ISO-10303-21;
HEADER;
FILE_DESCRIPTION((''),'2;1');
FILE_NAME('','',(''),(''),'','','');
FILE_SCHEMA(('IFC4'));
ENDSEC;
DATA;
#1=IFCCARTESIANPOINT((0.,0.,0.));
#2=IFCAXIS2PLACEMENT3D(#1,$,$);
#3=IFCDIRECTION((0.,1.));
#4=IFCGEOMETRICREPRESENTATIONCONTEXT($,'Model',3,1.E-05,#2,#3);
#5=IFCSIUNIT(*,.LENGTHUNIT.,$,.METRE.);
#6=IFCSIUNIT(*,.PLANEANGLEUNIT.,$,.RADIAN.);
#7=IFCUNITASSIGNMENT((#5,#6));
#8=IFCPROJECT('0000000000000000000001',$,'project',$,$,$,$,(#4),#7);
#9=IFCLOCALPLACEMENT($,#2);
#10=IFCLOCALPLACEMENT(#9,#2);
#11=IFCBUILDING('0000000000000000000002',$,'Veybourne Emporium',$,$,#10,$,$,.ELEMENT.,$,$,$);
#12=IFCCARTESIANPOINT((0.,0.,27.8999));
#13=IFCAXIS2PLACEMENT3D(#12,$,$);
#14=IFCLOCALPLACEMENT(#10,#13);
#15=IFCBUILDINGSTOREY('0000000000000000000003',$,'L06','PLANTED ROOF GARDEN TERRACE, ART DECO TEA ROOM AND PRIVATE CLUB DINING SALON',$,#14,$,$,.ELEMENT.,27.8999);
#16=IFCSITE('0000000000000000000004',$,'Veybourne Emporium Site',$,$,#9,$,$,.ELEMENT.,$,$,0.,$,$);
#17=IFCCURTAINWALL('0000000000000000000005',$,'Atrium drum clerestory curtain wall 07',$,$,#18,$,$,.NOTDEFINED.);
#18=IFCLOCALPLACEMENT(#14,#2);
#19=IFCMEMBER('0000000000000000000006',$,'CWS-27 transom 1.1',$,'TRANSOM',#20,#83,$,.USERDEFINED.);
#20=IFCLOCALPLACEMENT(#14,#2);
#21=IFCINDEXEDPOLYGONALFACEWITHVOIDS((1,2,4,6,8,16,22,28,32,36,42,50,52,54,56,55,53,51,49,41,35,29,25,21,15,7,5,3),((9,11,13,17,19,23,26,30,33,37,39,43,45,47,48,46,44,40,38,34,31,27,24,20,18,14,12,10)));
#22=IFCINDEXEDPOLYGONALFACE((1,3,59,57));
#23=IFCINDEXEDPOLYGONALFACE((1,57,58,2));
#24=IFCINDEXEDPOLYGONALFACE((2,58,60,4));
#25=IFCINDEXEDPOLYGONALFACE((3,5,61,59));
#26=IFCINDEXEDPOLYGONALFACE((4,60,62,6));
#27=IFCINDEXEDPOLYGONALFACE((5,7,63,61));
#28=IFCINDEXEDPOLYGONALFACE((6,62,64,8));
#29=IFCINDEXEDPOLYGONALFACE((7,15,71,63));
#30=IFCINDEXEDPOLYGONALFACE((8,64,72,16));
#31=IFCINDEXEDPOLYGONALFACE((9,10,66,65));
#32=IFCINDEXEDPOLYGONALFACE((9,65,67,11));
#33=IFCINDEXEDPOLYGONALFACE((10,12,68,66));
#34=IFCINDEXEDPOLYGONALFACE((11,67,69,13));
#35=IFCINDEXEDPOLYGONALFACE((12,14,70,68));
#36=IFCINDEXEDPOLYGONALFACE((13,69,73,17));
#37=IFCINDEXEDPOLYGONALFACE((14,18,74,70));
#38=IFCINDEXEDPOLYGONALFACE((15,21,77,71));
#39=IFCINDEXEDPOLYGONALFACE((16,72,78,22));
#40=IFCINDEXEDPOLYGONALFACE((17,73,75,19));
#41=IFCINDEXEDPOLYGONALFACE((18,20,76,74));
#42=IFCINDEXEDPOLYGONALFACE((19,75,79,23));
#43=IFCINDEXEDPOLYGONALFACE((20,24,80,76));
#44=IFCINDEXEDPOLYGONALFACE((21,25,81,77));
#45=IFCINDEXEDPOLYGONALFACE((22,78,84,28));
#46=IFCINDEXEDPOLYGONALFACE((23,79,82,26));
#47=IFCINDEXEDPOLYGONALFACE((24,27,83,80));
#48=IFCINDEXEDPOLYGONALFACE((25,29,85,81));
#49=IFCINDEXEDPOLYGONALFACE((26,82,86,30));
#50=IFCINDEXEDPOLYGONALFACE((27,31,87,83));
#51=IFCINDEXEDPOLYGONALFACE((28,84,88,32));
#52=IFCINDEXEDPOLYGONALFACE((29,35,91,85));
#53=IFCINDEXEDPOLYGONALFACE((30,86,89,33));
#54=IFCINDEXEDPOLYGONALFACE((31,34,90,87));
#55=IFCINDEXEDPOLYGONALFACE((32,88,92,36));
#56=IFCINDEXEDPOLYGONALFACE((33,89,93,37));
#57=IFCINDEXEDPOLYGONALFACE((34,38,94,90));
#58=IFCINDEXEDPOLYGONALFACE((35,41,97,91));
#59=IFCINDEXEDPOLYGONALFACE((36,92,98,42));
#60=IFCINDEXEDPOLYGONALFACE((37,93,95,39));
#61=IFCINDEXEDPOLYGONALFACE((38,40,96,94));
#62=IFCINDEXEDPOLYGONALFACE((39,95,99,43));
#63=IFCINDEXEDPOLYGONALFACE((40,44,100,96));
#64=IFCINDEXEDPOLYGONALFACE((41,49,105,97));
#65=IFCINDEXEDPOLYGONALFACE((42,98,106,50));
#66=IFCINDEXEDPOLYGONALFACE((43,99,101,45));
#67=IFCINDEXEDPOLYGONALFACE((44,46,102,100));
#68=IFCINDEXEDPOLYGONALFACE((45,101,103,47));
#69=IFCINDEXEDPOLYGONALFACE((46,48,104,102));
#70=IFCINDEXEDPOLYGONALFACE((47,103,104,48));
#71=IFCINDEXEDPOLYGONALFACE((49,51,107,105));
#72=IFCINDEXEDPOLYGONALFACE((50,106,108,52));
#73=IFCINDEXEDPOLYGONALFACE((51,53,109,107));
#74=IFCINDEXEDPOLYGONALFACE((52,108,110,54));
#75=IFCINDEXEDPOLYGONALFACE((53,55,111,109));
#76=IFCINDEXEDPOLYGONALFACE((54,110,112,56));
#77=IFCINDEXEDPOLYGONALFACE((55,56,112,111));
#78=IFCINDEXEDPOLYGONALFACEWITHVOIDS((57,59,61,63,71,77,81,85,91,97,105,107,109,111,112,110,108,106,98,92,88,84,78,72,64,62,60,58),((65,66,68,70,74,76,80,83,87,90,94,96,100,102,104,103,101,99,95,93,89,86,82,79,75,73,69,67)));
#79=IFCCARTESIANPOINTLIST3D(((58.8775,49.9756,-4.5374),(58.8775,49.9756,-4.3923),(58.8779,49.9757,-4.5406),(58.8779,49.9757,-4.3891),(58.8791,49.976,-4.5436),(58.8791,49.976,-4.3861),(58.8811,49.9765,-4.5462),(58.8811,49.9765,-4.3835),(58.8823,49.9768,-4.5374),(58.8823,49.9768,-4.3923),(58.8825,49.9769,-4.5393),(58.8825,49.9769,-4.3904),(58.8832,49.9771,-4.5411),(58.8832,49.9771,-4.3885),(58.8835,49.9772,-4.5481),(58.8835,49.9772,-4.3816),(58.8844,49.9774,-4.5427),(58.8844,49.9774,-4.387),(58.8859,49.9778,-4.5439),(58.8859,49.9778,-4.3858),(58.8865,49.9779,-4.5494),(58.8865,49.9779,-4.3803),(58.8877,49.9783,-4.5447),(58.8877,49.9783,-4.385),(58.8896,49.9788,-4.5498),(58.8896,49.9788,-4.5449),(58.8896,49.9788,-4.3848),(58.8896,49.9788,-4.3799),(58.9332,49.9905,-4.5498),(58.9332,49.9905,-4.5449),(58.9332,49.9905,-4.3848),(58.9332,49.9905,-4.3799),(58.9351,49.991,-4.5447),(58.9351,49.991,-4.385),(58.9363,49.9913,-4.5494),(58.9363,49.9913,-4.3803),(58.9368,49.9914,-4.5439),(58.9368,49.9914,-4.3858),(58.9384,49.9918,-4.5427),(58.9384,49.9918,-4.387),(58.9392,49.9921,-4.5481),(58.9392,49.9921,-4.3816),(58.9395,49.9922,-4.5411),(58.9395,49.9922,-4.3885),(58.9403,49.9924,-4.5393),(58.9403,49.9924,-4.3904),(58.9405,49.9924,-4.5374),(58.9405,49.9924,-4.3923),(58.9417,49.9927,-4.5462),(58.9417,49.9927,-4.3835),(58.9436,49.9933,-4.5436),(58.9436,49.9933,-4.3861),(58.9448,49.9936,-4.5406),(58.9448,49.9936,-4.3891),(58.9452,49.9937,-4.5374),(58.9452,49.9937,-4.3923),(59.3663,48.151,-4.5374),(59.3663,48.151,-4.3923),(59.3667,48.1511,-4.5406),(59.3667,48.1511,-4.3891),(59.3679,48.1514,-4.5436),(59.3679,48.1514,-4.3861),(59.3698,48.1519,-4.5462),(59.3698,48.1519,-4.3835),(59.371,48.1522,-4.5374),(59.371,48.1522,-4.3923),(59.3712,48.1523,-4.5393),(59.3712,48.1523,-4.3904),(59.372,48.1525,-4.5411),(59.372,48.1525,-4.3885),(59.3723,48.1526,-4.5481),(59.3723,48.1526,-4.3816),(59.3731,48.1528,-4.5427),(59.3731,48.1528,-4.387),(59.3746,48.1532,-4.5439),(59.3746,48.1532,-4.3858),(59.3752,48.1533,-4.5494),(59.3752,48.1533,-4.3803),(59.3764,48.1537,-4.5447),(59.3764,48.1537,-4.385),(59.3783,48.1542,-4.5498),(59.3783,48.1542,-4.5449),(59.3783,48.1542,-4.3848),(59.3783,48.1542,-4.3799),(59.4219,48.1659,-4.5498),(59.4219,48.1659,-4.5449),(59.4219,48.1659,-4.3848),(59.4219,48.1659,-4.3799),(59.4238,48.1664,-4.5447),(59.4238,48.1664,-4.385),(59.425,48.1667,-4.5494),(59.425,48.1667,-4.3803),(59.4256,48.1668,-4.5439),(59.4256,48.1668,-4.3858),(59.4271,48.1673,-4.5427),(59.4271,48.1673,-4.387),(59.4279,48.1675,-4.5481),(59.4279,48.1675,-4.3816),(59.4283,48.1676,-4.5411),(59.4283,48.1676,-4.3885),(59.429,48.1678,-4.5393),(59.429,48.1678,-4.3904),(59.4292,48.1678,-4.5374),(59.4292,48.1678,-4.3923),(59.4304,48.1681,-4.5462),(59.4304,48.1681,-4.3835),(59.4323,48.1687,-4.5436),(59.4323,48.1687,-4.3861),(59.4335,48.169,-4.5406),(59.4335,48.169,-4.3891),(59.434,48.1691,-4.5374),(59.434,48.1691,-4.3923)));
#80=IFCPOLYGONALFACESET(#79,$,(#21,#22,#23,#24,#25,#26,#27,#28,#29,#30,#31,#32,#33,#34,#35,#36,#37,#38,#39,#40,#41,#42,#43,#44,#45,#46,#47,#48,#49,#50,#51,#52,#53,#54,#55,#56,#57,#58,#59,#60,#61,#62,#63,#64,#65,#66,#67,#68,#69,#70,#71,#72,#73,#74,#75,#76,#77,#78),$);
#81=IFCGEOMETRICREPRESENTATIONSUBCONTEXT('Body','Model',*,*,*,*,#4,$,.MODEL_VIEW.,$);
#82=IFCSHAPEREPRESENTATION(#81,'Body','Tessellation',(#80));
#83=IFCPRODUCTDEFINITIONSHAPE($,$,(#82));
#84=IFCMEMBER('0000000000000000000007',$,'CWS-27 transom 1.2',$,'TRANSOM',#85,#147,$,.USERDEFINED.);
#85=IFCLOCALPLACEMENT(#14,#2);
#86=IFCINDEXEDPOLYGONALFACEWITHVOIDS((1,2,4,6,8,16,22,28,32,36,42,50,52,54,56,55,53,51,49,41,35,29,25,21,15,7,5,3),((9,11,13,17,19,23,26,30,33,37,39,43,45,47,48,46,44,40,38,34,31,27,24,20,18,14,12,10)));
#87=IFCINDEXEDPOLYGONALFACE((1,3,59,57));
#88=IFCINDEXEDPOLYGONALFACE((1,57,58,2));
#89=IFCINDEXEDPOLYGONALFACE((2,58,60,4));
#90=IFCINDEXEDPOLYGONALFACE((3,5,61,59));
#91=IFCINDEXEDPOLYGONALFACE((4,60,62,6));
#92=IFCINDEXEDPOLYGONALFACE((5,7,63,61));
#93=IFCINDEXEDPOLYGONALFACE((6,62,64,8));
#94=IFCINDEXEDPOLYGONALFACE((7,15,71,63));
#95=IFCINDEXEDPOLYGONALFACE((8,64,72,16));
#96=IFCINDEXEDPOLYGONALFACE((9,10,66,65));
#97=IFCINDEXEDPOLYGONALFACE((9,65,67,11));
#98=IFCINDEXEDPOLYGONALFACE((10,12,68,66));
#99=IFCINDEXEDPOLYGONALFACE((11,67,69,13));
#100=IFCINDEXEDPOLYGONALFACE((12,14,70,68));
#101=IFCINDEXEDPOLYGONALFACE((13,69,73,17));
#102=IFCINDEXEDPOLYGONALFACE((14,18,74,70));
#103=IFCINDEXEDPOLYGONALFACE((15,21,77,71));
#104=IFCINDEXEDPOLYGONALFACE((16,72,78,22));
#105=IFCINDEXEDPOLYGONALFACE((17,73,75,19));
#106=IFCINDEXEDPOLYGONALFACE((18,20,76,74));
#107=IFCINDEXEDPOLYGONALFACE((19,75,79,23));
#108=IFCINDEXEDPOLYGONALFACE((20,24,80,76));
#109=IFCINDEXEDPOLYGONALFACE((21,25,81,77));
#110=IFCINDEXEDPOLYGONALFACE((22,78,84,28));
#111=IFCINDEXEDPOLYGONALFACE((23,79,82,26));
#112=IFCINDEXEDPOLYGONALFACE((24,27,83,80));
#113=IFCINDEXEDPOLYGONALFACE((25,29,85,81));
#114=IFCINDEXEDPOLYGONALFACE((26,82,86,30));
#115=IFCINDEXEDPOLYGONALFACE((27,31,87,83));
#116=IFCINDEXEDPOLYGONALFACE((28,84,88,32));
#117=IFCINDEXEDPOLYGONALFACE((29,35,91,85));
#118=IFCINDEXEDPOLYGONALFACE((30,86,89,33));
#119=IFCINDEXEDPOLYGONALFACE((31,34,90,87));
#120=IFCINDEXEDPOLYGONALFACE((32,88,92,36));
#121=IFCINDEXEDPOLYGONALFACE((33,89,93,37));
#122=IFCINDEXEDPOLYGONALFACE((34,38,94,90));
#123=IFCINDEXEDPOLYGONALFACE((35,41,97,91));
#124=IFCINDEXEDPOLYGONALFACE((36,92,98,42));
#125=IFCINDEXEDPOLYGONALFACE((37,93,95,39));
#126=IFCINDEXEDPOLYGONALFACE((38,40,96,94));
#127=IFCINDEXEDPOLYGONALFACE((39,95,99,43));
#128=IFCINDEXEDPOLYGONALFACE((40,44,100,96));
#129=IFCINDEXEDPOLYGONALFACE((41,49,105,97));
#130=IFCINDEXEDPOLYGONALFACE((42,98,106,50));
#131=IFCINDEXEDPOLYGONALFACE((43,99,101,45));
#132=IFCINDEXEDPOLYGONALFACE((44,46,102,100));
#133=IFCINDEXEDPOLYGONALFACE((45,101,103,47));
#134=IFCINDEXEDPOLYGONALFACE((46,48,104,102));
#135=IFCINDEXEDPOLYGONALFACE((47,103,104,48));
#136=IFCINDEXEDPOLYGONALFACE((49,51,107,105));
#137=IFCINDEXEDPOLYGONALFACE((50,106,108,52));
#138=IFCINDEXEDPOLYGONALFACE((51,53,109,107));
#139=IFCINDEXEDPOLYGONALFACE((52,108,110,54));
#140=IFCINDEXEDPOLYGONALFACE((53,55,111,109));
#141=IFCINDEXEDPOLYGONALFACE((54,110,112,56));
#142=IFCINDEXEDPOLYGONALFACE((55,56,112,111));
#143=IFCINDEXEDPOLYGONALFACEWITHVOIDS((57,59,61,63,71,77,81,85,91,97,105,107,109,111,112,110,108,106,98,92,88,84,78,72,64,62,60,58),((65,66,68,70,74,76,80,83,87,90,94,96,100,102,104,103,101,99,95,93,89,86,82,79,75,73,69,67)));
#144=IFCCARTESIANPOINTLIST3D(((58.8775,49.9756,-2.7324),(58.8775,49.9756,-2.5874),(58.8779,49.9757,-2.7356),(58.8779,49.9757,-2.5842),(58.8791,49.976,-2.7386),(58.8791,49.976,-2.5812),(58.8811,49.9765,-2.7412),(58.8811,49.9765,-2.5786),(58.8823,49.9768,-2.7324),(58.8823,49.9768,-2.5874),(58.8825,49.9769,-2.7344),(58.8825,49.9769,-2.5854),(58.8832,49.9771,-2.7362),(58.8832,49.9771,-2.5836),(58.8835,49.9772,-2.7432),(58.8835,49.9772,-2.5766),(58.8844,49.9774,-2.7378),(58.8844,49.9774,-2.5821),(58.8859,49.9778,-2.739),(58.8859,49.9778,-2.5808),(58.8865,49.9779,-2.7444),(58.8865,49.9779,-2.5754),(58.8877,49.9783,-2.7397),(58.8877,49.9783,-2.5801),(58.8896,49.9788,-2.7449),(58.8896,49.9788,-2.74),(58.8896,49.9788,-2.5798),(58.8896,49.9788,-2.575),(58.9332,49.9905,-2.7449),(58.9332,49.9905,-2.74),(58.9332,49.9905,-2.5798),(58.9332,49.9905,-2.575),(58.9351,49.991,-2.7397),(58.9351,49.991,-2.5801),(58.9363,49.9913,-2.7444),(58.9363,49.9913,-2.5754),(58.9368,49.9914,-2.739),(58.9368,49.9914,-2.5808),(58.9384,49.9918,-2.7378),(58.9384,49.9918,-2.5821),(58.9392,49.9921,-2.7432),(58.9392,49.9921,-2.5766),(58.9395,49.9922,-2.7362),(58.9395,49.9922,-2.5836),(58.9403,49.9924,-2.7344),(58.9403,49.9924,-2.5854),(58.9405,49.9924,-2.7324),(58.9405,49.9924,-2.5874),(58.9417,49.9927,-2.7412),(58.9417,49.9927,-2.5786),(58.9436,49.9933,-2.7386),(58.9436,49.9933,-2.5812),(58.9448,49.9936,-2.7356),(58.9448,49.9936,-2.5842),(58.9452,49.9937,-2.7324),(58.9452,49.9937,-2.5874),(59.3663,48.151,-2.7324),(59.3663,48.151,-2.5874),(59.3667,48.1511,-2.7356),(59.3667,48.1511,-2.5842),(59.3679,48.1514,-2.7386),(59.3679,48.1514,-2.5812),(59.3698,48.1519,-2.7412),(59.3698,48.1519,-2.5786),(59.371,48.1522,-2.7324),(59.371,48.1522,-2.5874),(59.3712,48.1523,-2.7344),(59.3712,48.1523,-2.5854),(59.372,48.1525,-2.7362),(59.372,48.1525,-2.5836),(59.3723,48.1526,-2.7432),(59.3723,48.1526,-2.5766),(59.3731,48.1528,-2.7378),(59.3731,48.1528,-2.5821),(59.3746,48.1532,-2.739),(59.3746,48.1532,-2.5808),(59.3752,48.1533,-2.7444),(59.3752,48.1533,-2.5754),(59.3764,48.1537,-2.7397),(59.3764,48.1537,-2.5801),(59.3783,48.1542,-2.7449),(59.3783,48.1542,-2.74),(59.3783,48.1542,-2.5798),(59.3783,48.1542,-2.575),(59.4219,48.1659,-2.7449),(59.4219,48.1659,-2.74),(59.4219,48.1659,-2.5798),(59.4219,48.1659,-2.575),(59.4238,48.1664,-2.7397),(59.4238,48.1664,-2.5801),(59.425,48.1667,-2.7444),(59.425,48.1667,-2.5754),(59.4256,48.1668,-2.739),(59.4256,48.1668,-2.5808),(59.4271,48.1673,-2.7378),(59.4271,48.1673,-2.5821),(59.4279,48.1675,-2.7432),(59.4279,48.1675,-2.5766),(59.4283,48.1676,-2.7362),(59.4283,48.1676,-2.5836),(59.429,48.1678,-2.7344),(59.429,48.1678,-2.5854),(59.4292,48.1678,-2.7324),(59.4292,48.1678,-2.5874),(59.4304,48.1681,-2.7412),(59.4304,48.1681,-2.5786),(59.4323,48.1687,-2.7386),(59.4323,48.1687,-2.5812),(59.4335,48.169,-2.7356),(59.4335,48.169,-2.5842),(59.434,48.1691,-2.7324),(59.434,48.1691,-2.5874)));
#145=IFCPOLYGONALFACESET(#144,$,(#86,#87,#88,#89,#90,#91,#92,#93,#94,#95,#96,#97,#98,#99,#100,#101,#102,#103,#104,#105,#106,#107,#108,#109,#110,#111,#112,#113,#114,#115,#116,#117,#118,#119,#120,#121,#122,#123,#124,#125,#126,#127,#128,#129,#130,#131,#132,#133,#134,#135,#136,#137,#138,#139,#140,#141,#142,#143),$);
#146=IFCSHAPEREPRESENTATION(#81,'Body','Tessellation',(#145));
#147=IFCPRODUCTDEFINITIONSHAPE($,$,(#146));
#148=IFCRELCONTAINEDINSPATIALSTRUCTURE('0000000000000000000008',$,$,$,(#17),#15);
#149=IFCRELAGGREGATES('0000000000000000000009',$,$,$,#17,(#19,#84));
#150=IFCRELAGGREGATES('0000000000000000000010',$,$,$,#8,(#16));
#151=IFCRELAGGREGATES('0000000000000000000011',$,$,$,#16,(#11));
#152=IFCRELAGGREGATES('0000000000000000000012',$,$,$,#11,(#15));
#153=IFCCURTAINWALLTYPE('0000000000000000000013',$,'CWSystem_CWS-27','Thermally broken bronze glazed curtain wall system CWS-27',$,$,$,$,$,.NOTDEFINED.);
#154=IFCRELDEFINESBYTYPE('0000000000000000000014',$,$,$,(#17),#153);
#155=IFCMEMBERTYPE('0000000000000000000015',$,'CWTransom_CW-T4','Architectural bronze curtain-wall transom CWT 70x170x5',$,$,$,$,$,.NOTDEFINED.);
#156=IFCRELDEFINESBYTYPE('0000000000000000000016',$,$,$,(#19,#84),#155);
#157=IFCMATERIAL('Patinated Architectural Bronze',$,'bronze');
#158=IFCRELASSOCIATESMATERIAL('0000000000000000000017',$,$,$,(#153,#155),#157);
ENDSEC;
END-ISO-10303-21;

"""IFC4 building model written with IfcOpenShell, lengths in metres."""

from ifc_helpers import new_model, si_unit, direction, frame, origin, origin_2d, place, context, subcontext, project, spatial, hollow_rectangle, extrude, material, material_profile, profile_set, type_object, element, aggregate, save


model = new_model("IFC4")

# Units and contexts
model_context = context("Model", 3, precision=1e-05, world=origin(), true_north=direction((0.0, 1.0)))
body_context = subcontext(model_context, "Body", "Model", "MODEL_VIEW")
ifc_project = project(units=[si_unit("LENGTHUNIT", "METRE"), si_unit("PLANEANGLEUNIT", "RADIAN")], contexts=[model_context])

# Site, building, storey
site_placement = place(None, origin())
site = spatial("IfcSite", under=ifc_project, at=site_placement, Name="Veybourne Emporium Site", CompositionType="ELEMENT", RefElevation=0.0)
building_placement = place(site_placement, origin())
building = spatial("IfcBuilding", under=site, at=building_placement, Name="Veybourne Emporium", CompositionType="ELEMENT")
storey_placement = place(building_placement, frame((0.0, 0.0, 27.8999)))
storey = spatial("IfcBuildingStorey", under=building, at=storey_placement, Name="L06", Description="PLANTED ROOF GARDEN TERRACE, ART DECO TEA ROOM AND PRIVATE CLUB DINING SALON", CompositionType="ELEMENT", Elevation=27.8999)

# Curtain wall
ifc_material_1 = material(Name="Patinated Architectural Bronze", Category="bronze")
curtain_wall_type_1 = type_object("IfcCurtainWallType", Name="CWSystem_CWS-27", Description="Thermally broken bronze glazed curtain wall system CWS-27", PredefinedType="NOTDEFINED", material=ifc_material_1)
curtain_wall_1_placement = place(storey_placement, origin())
curtain_wall_1 = element("IfcCurtainWall", 1, at=curtain_wall_1_placement, inside=storey, type_object=curtain_wall_type_1, Name="Atrium drum clerestory curtain wall 07", PredefinedType="NOTDEFINED")

# Members
ifc_material_profile_1 = material_profile(ifc_material_1, hollow_rectangle(XDim=0.0701, YDim=0.1699, WallThickness=0.0049, InnerFilletRadius=0.0076, OuterFilletRadius=0.0125, at=origin_2d()), Name="CWT 70x170x5")
ifc_profile_set_1 = profile_set([ifc_material_profile_1], Name="Patinated Architectural Bronze")
member_type_1 = type_object("IfcMemberType", Name="CWTransom_CW-T4", Description="Architectural bronze curtain-wall transom CWT 70x170x5", PredefinedType="NOTDEFINED", material=ifc_profile_set_1)
member_1_placement = place(storey_placement, frame((58.9114, 49.9846, -4.4648), z_axis=(0.25874, -0.965947, 0.0), x_axis=(0.965947, 0.25874, 0.0)))
member_1 = element("IfcMember", 2, at=member_1_placement, type_object=member_type_1, Name="CWS-27 transom 1.1", ObjectType="TRANSOM", PredefinedType="USERDEFINED", context=body_context, shape_type="SweptSolid", body=[
    extrude(hollow_rectangle(XDim=0.0701, YDim=0.1699, WallThickness=0.0049, InnerFilletRadius=0.0076, OuterFilletRadius=0.0125, at=origin_2d()), origin(), (0.0, 0.0, 1.0), 1.8889),
])
member_2_placement = place(storey_placement, frame((58.9114, 49.9846, -2.6599), z_axis=(0.25874, -0.965947, 0.0), x_axis=(0.965947, 0.25874, 0.0)))
member_2 = element("IfcMember", 3, at=member_2_placement, type_object=member_type_1, Name="CWS-27 transom 1.2", ObjectType="TRANSOM", PredefinedType="USERDEFINED", context=body_context, shape_type="SweptSolid", body=[
    extrude(hollow_rectangle(XDim=0.0701, YDim=0.1699, WallThickness=0.0049, InnerFilletRadius=0.0076, OuterFilletRadius=0.0125, at=origin_2d()), origin(), (0.0, 0.0, 1.0), 1.8889),
])

aggregate(curtain_wall_1, [member_1, member_2])

save(model, "model.ifc")
